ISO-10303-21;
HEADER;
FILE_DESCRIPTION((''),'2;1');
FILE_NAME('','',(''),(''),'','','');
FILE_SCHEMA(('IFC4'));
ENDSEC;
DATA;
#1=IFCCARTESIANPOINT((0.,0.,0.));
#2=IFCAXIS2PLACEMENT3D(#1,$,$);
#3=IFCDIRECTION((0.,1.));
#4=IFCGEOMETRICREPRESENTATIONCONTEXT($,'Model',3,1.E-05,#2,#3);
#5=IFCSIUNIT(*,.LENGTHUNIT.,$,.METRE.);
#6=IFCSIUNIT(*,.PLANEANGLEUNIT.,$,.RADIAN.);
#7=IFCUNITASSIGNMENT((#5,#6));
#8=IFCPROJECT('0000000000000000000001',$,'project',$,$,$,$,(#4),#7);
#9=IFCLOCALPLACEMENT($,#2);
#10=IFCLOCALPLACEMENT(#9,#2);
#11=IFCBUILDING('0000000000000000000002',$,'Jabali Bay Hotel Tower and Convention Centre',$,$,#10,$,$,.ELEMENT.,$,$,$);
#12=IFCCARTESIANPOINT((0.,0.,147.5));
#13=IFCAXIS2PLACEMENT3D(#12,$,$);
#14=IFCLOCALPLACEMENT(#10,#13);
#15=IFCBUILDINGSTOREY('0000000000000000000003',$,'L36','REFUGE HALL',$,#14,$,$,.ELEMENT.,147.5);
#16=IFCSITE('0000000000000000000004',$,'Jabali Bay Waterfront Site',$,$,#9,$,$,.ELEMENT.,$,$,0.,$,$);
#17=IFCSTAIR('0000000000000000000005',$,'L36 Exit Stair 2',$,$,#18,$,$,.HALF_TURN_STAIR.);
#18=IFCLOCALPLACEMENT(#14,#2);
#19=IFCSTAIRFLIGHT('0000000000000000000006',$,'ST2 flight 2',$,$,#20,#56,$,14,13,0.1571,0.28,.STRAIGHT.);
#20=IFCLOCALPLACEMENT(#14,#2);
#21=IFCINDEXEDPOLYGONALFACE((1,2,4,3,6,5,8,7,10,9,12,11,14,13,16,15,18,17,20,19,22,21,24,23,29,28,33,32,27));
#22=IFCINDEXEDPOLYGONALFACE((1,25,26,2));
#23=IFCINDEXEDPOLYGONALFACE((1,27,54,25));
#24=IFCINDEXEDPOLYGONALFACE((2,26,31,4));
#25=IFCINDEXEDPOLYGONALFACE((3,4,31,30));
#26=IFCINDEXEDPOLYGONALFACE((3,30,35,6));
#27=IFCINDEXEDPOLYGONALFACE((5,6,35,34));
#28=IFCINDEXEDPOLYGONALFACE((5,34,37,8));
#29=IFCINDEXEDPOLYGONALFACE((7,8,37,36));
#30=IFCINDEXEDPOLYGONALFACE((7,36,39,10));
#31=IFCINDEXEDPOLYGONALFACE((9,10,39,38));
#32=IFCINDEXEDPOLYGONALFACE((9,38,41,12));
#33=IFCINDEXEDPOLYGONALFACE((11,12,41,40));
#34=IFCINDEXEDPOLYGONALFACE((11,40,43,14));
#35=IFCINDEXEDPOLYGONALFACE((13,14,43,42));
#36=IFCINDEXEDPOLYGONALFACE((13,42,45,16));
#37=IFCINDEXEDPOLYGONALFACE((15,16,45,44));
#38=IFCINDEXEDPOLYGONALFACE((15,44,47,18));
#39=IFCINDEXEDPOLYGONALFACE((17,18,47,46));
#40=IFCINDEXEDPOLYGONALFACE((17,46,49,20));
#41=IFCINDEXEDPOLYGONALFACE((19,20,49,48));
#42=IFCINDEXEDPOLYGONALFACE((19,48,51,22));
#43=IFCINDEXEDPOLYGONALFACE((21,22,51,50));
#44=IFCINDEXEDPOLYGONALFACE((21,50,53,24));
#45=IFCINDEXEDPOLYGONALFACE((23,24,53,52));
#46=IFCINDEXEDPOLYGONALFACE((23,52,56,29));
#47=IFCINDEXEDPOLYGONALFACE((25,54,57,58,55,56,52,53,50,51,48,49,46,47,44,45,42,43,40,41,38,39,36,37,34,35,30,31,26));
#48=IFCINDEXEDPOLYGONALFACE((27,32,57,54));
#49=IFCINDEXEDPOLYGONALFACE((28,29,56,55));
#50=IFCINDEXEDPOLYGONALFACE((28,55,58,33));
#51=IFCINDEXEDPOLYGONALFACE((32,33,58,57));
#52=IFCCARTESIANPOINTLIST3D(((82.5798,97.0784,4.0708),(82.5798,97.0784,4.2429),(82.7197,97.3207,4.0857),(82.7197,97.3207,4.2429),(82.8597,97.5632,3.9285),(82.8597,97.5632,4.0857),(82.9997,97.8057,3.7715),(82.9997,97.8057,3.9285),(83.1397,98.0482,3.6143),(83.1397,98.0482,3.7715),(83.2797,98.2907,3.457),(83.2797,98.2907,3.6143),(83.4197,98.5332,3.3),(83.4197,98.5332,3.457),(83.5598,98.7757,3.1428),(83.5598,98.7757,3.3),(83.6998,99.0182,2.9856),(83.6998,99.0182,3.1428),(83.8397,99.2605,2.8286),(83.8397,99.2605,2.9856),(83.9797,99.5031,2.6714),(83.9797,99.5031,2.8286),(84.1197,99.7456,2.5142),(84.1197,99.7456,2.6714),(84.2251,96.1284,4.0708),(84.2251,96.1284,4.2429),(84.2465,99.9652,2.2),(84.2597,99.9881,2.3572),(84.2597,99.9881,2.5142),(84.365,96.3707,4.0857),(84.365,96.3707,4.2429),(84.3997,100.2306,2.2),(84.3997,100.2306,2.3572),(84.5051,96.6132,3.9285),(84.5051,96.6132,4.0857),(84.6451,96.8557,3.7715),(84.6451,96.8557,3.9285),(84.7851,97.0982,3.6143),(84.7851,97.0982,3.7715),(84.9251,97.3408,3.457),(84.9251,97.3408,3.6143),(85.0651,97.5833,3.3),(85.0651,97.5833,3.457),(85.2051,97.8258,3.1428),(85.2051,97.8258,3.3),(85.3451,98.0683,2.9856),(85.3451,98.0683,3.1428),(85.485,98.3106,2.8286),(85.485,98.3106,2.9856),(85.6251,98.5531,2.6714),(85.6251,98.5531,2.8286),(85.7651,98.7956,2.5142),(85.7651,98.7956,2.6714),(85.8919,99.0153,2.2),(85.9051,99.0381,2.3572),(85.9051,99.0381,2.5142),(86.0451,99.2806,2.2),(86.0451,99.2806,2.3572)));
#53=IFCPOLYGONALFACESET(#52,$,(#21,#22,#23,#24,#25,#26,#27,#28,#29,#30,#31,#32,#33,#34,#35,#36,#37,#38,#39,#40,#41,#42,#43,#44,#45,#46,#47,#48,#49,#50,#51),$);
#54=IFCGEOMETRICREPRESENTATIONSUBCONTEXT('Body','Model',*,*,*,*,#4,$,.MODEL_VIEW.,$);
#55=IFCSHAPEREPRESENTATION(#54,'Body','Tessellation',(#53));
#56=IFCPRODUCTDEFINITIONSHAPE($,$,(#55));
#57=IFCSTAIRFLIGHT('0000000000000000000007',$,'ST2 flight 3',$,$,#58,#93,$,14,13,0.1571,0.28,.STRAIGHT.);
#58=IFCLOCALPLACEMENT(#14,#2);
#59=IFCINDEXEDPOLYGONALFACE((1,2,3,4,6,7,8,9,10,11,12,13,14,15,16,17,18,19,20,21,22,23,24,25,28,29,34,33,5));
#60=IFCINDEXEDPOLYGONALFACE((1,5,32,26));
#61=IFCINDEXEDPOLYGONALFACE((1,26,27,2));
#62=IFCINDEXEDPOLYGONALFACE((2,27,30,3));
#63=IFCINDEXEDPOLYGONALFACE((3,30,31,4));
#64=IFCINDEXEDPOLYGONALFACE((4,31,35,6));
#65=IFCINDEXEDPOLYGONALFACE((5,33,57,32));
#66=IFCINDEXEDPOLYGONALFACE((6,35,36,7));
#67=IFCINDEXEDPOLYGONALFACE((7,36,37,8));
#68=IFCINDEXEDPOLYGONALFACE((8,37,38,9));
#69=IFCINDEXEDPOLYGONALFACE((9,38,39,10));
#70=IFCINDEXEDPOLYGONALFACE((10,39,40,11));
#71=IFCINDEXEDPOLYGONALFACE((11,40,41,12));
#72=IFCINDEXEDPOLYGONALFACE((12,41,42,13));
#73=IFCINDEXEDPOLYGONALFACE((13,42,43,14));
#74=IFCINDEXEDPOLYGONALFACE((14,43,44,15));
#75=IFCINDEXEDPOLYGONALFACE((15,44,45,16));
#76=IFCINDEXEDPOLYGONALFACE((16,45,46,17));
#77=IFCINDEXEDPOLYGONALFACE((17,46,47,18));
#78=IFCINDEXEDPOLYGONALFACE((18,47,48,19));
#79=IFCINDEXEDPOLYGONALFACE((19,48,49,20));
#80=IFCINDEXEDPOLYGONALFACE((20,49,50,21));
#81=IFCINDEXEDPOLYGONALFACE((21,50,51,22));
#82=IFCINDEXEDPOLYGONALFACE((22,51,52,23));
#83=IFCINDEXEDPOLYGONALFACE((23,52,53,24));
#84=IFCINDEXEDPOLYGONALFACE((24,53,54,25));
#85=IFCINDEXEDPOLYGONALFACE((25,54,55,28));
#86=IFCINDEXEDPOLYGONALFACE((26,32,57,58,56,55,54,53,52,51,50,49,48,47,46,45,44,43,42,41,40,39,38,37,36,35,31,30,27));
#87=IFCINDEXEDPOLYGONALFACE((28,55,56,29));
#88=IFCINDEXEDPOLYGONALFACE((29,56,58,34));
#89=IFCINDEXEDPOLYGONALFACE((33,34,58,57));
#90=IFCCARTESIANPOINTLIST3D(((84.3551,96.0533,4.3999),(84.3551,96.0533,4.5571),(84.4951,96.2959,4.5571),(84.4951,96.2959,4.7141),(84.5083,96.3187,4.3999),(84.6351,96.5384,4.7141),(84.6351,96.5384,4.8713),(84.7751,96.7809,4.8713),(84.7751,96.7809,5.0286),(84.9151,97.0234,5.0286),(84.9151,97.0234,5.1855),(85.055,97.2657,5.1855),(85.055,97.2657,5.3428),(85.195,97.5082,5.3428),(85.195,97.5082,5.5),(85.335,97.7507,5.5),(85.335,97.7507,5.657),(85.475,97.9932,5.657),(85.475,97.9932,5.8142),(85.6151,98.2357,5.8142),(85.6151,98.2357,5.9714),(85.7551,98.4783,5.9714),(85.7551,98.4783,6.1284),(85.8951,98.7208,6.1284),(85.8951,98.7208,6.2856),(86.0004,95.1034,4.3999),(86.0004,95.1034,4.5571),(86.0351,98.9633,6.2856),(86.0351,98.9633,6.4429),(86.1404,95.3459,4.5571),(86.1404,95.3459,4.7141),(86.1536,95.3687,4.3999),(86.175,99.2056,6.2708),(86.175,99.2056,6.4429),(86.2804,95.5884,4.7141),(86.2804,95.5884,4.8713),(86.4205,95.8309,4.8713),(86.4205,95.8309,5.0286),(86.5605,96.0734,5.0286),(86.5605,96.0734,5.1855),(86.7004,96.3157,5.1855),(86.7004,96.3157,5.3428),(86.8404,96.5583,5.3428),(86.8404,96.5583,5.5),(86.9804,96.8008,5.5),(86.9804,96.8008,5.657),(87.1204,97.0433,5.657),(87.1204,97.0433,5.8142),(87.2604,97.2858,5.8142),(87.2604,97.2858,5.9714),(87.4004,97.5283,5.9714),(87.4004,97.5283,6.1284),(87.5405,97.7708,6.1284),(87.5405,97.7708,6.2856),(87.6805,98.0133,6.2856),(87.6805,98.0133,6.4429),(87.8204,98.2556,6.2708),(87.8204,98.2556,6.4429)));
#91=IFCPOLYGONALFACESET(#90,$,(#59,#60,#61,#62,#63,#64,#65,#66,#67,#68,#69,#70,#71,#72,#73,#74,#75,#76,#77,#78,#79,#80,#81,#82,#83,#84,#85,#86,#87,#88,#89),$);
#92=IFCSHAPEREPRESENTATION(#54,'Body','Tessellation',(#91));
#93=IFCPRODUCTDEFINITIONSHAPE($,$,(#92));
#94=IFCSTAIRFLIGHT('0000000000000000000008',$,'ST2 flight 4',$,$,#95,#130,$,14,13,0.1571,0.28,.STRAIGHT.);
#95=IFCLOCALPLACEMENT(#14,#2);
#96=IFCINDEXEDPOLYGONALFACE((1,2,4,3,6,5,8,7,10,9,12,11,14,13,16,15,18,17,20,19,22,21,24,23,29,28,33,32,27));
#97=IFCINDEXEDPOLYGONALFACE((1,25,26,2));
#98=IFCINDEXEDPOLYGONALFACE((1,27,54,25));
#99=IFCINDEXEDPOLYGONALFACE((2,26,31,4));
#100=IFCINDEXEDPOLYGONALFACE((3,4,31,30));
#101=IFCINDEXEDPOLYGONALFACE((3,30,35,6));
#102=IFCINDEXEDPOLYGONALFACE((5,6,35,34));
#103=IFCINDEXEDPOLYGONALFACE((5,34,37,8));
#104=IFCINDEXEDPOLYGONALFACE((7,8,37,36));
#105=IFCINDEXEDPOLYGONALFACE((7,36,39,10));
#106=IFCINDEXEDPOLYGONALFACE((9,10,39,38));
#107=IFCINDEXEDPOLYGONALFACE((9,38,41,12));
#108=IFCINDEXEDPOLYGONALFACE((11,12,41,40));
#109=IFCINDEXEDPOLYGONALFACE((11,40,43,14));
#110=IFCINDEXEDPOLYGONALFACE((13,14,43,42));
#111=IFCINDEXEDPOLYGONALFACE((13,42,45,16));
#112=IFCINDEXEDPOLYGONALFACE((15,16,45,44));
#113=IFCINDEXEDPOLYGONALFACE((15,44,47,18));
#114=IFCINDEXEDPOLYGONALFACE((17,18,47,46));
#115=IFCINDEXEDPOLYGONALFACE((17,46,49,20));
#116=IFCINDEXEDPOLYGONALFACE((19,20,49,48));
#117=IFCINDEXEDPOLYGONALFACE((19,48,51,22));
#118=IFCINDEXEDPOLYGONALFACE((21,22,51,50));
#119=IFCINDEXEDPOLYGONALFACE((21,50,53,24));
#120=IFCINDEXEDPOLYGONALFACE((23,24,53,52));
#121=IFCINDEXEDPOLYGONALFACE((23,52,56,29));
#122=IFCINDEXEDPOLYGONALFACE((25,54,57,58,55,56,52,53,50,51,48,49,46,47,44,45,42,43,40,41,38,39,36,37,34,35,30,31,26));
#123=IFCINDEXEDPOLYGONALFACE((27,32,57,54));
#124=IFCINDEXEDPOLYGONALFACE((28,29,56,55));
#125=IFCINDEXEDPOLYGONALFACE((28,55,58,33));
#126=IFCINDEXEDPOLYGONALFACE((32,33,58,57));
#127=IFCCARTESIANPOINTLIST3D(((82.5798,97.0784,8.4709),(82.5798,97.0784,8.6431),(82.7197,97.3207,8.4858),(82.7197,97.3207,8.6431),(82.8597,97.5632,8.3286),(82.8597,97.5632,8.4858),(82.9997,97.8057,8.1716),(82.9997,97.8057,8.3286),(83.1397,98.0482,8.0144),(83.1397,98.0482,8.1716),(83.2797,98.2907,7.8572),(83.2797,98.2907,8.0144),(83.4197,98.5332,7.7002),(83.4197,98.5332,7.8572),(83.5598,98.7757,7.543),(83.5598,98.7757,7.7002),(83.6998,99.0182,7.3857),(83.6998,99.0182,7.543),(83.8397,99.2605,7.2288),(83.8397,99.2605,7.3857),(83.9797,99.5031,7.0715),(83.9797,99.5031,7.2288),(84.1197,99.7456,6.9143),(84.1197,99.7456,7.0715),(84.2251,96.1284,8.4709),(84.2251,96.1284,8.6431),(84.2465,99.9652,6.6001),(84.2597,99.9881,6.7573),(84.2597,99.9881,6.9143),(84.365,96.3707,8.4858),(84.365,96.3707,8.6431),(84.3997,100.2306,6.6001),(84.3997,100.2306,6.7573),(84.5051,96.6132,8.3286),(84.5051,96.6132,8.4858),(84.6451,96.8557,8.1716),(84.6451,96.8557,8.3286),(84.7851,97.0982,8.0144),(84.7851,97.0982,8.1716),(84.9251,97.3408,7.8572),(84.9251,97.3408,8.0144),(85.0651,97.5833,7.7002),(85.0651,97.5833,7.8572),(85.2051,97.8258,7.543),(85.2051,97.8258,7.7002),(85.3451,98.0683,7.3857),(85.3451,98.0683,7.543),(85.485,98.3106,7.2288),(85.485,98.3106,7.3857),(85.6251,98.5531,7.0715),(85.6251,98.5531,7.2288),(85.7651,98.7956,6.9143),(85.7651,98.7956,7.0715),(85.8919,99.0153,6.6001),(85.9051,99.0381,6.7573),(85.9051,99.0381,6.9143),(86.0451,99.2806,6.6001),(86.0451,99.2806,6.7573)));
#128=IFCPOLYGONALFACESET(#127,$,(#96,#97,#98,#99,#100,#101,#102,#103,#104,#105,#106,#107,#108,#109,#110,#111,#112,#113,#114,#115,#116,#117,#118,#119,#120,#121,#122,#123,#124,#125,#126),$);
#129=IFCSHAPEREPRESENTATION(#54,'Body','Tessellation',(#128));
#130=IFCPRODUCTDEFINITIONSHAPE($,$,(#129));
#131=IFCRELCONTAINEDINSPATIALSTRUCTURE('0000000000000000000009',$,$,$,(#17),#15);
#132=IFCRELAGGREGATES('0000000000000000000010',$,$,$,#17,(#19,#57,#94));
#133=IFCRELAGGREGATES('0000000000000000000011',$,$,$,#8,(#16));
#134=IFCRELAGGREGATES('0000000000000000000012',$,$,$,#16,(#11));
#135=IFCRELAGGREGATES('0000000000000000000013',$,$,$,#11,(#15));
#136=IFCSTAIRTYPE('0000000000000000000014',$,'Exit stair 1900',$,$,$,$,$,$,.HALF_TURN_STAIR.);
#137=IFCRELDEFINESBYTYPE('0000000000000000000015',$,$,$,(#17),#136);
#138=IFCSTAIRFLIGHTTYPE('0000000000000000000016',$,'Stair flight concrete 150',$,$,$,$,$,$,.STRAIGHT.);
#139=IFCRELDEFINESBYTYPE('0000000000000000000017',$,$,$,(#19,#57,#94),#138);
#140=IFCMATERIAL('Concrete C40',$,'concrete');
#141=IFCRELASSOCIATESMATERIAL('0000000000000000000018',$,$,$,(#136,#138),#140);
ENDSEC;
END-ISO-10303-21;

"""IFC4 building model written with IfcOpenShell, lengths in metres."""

from ifc_helpers import new_model, si_unit, direction, frame, origin, place, context, subcontext, project, spatial, polyline, outline, extrude, material, type_object, element, aggregate, save


model = new_model("IFC4")

# Units and contexts
model_context = context("Model", 3, precision=1e-05, world=origin(), true_north=direction((0.0, 1.0)))
body_context = subcontext(model_context, "Body", "Model", "MODEL_VIEW")
ifc_project = project(units=[si_unit("LENGTHUNIT", "METRE"), si_unit("PLANEANGLEUNIT", "RADIAN")], contexts=[model_context])

# Site, building, storey
site_placement = place(None, origin())
site = spatial("IfcSite", under=ifc_project, at=site_placement, Name="Jabali Bay Waterfront Site", CompositionType="ELEMENT", RefElevation=0.0)
building_placement = place(site_placement, origin())
building = spatial("IfcBuilding", under=site, at=building_placement, Name="Jabali Bay Hotel Tower and Convention Centre", CompositionType="ELEMENT")
storey_placement = place(building_placement, frame((0.0, 0.0, 147.5)))
storey = spatial("IfcBuildingStorey", under=building, at=storey_placement, Name="L36", Description="REFUGE HALL", CompositionType="ELEMENT", Elevation=147.5)

# Shared definitions
ifc_material_1 = material(Name="Concrete C40", Category="concrete")

# Stair, stair flights
stair_type = type_object("IfcStairType", Name="Exit stair 1900", PredefinedType="HALF_TURN_STAIR", material=ifc_material_1)
stair_placement = place(storey_placement, origin())
stair = element("IfcStair", 1, at=stair_placement, inside=storey, type_object=stair_type, Name="L36 Exit Stair 2", PredefinedType="HALF_TURN_STAIR")
stair_flight_type = type_object("IfcStairFlightType", Name="Stair flight concrete 150", PredefinedType="STRAIGHT", material=ifc_material_1)
stair_flight_1_placement = place(storey_placement, frame((85.2224, 99.7556, 2.2), z_axis=(0.0, 0.0, 1.0), x_axis=(-0.5, -0.866025, 0.0)))
stair_flight_1 = element("IfcStairFlight", 2, at=stair_flight_1_placement, type_object=stair_flight_type, Name="ST2 flight 2", NumberOfRisers=14, NumberOfTreads=13, PredefinedType="STRAIGHT", RiserHeight=0.1571, TreadLength=0.28, context=body_context, shape_type="SweptSolid", body=[
    extrude(outline(polyline([(0.0, 0.0), (0.0, 0.1572), (0.28, 0.1572), (0.28, 0.3142), (0.5601, 0.3142), (0.5601, 0.4714), (0.8401, 0.4714), (0.8401, 0.6287), (1.1201, 0.6287), (1.1201, 0.7856), (1.3999, 0.7856), (1.3999, 0.9429), (1.6799, 0.9429), (1.6799, 1.1001), (1.96, 1.1001), (1.96, 1.2571), (2.24, 1.2571), (2.24, 1.4143), (2.52, 1.4143), (2.52, 1.5715), (2.8, 1.5715), (2.8, 1.7285), (3.0801, 1.7285), (3.0801, 1.8857), (3.3601, 1.8857), (3.3601, 2.043), (3.6399, 2.043), (3.6399, 2.2), (3.6399, 1.8708), (0.3064, 0.0), (0.0, 0.0)])), frame((0.0, 0.95, 0.0), z_axis=(0.0, -1.0, 0.0), x_axis=(1.0, 0.0, 0.0)), (0.0, 0.0, 1.0), 1.8999),
])
stair_flight_2_placement = place(storey_placement, frame((85.1777, 95.5784, 4.3999), z_axis=(0.0, 0.0, 1.0), x_axis=(0.5, 0.866025, 0.0)))
stair_flight_2 = element("IfcStairFlight", 3, at=stair_flight_2_placement, type_object=stair_flight_type, Name="ST2 flight 3", NumberOfRisers=14, NumberOfTreads=13, PredefinedType="STRAIGHT", RiserHeight=0.1571, TreadLength=0.28, context=body_context, shape_type="SweptSolid", body=[
    extrude(outline(polyline([(0.0, 0.0), (0.0, 0.1572), (0.28, 0.1572), (0.28, 0.3142), (0.5601, 0.3142), (0.5601, 0.4714), (0.8401, 0.4714), (0.8401, 0.6287), (1.1201, 0.6287), (1.1201, 0.7856), (1.3999, 0.7856), (1.3999, 0.9429), (1.6799, 0.9429), (1.6799, 1.1001), (1.96, 1.1001), (1.96, 1.2571), (2.24, 1.2571), (2.24, 1.4143), (2.52, 1.4143), (2.52, 1.5715), (2.8, 1.5715), (2.8, 1.7285), (3.0801, 1.7285), (3.0801, 1.8857), (3.3601, 1.8857), (3.3601, 2.043), (3.6399, 2.043), (3.6399, 2.2), (3.6399, 1.8708), (0.3064, 0.0), (0.0, 0.0)])), frame((0.0, 0.95, 0.0), z_axis=(0.0, -1.0, 0.0), x_axis=(1.0, 0.0, 0.0)), (0.0, 0.0, 1.0), 1.8999),
])
stair_flight_3_placement = place(storey_placement, frame((85.2224, 99.7556, 6.6001), z_axis=(0.0, 0.0, 1.0), x_axis=(-0.5, -0.866025, 0.0)))
stair_flight_3 = element("IfcStairFlight", 4, at=stair_flight_3_placement, type_object=stair_flight_type, Name="ST2 flight 4", NumberOfRisers=14, NumberOfTreads=13, PredefinedType="STRAIGHT", RiserHeight=0.1571, TreadLength=0.28, context=body_context, shape_type="SweptSolid", body=[
    extrude(outline(polyline([(0.0, 0.0), (0.0, 0.1572), (0.28, 0.1572), (0.28, 0.3142), (0.5601, 0.3142), (0.5601, 0.4714), (0.8401, 0.4714), (0.8401, 0.6287), (1.1201, 0.6287), (1.1201, 0.7856), (1.3999, 0.7856), (1.3999, 0.9429), (1.6799, 0.9429), (1.6799, 1.1001), (1.96, 1.1001), (1.96, 1.2571), (2.24, 1.2571), (2.24, 1.4143), (2.52, 1.4143), (2.52, 1.5715), (2.8, 1.5715), (2.8, 1.7285), (3.0801, 1.7285), (3.0801, 1.8857), (3.3601, 1.8857), (3.3601, 2.043), (3.6399, 2.043), (3.6399, 2.2), (3.6399, 1.8708), (0.3064, 0.0), (0.0, 0.0)])), frame((0.0, 0.95, 0.0), z_axis=(0.0, -1.0, 0.0), x_axis=(1.0, 0.0, 0.0)), (0.0, 0.0, 1.0), 1.8999),
])
aggregate(stair, [stair_flight_1, stair_flight_2, stair_flight_3])

save(model, "model.ifc")
